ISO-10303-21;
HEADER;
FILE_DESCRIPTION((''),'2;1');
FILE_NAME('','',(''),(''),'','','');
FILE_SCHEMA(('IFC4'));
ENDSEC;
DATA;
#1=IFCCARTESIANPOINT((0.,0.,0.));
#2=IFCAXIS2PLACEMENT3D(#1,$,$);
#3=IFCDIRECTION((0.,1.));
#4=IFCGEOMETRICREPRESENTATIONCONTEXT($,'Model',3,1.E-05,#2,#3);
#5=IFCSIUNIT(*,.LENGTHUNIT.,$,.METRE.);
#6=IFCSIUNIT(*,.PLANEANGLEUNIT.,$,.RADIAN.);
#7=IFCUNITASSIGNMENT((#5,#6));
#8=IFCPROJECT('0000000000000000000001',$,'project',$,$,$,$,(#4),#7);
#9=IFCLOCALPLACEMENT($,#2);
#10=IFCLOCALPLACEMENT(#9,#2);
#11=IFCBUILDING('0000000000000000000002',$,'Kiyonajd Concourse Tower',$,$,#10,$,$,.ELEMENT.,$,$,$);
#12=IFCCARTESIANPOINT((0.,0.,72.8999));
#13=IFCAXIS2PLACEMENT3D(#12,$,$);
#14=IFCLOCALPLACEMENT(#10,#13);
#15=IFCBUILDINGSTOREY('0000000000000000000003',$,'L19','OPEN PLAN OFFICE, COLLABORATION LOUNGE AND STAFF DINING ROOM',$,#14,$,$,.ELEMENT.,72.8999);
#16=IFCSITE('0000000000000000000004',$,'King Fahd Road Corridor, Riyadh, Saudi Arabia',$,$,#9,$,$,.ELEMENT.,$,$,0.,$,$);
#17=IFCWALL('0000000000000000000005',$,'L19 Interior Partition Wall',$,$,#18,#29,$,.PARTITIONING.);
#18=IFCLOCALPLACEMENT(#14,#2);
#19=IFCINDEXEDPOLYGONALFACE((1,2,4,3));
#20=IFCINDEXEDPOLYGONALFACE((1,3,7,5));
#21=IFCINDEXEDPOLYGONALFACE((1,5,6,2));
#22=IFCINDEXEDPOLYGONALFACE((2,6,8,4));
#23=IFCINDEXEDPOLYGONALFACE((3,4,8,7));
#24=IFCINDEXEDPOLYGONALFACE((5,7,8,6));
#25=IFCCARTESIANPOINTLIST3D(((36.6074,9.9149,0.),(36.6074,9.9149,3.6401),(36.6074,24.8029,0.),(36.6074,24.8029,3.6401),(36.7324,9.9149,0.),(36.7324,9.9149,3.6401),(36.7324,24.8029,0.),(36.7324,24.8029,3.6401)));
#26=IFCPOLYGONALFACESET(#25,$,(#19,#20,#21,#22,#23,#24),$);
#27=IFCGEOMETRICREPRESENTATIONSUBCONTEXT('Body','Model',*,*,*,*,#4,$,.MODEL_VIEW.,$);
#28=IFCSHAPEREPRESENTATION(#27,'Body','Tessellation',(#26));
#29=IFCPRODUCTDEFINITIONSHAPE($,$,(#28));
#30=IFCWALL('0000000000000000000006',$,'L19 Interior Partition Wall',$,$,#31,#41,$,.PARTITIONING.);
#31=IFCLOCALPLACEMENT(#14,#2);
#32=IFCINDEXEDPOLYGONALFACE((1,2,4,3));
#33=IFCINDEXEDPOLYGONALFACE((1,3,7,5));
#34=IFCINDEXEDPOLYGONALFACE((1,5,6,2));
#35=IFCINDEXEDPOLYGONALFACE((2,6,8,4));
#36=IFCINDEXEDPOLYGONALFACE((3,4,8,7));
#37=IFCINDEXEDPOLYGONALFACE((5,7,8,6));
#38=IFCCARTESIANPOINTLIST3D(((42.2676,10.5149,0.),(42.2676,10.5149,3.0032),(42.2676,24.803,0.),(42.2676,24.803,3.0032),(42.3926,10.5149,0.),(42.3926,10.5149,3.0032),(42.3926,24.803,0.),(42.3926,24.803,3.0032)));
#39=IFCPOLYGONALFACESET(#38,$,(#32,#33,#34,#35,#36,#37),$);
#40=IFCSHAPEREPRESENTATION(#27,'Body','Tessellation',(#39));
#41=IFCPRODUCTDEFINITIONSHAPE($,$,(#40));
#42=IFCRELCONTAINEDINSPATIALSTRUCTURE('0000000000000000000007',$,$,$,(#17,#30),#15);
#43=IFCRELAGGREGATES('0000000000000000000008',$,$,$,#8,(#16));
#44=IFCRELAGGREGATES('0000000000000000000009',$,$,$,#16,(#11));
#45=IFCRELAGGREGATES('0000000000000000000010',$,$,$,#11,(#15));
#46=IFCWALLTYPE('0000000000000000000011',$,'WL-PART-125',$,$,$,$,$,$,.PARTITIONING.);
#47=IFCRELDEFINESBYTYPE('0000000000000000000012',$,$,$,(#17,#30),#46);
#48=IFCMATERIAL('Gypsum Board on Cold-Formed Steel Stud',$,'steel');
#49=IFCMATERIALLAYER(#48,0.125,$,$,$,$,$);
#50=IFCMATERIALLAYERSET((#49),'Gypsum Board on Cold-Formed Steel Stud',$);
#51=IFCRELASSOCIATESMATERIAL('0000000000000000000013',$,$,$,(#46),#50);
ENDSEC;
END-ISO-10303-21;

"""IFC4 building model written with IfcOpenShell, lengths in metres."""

from ifc_helpers import new_model, si_unit, direction, frame, frame_2d, origin, place, context, subcontext, project, spatial, rectangle, extrude, material, layer, layer_set, type_object, element, save


model = new_model("IFC4")

# Units and contexts
model_context = context("Model", 3, precision=1e-05, world=origin(), true_north=direction((0.0, 1.0)))
body_context = subcontext(model_context, "Body", "Model", "MODEL_VIEW")
ifc_project = project(units=[si_unit("LENGTHUNIT", "METRE"), si_unit("PLANEANGLEUNIT", "RADIAN")], contexts=[model_context])

# Site, building, storey
site_placement = place(None, origin())
site = spatial("IfcSite", under=ifc_project, at=site_placement, Name="King Fahd Road Corridor, Riyadh, Saudi Arabia", CompositionType="ELEMENT", RefElevation=0.0)
building_placement = place(site_placement, origin())
building = spatial("IfcBuilding", under=site, at=building_placement, Name="Kiyonajd Concourse Tower", CompositionType="ELEMENT")
storey_placement = place(building_placement, frame((0.0, 0.0, 72.8999)))
storey = spatial("IfcBuildingStorey", under=building, at=storey_placement, Name="L19", Description="OPEN PLAN OFFICE, COLLABORATION LOUNGE AND STAFF DINING ROOM", CompositionType="ELEMENT", Elevation=72.8999)

# Walls
ifc_material_1 = material(Name="Gypsum Board on Cold-Formed Steel Stud", Category="steel")
ifc_layer_1 = layer(ifc_material_1, 0.125)
ifc_layer_set_1 = layer_set([ifc_layer_1], Name="Gypsum Board on Cold-Formed Steel Stud")
wall_type_1 = type_object("IfcWallType", Name="WL-PART-125", PredefinedType="PARTITIONING", material=ifc_layer_set_1)
wall_1_placement = place(storey_placement, frame((36.6699, 9.915, 0.0), z_axis=(0.0, 0.0, 1.0), x_axis=(0.0, 1.0, 0.0)))
element("IfcWall", 1, at=wall_1_placement, inside=storey, type_object=wall_type_1, Name="L19 Interior Partition Wall", PredefinedType="PARTITIONING", context=body_context, shape_type="SweptSolid", body=[
    extrude(rectangle(XDim=14.8879, YDim=0.125, at=frame_2d((7.4438, 0.0))), origin(), (0.0, 0.0, 1.0), 3.6401),
])
wall_2_placement = place(storey_placement, frame((42.3301, 10.5149, 0.0), z_axis=(0.0, 0.0, 1.0), x_axis=(0.0, 1.0, 0.0)))
element("IfcWall", 2, at=wall_2_placement, inside=storey, type_object=wall_type_1, Name="L19 Interior Partition Wall", PredefinedType="PARTITIONING", context=body_context, shape_type="SweptSolid", body=[
    extrude(rectangle(XDim=14.2881, YDim=0.125, at=frame_2d((7.144, 0.0))), origin(), (0.0, 0.0, 1.0), 3.0032),
])

save(model, "model.ifc")
